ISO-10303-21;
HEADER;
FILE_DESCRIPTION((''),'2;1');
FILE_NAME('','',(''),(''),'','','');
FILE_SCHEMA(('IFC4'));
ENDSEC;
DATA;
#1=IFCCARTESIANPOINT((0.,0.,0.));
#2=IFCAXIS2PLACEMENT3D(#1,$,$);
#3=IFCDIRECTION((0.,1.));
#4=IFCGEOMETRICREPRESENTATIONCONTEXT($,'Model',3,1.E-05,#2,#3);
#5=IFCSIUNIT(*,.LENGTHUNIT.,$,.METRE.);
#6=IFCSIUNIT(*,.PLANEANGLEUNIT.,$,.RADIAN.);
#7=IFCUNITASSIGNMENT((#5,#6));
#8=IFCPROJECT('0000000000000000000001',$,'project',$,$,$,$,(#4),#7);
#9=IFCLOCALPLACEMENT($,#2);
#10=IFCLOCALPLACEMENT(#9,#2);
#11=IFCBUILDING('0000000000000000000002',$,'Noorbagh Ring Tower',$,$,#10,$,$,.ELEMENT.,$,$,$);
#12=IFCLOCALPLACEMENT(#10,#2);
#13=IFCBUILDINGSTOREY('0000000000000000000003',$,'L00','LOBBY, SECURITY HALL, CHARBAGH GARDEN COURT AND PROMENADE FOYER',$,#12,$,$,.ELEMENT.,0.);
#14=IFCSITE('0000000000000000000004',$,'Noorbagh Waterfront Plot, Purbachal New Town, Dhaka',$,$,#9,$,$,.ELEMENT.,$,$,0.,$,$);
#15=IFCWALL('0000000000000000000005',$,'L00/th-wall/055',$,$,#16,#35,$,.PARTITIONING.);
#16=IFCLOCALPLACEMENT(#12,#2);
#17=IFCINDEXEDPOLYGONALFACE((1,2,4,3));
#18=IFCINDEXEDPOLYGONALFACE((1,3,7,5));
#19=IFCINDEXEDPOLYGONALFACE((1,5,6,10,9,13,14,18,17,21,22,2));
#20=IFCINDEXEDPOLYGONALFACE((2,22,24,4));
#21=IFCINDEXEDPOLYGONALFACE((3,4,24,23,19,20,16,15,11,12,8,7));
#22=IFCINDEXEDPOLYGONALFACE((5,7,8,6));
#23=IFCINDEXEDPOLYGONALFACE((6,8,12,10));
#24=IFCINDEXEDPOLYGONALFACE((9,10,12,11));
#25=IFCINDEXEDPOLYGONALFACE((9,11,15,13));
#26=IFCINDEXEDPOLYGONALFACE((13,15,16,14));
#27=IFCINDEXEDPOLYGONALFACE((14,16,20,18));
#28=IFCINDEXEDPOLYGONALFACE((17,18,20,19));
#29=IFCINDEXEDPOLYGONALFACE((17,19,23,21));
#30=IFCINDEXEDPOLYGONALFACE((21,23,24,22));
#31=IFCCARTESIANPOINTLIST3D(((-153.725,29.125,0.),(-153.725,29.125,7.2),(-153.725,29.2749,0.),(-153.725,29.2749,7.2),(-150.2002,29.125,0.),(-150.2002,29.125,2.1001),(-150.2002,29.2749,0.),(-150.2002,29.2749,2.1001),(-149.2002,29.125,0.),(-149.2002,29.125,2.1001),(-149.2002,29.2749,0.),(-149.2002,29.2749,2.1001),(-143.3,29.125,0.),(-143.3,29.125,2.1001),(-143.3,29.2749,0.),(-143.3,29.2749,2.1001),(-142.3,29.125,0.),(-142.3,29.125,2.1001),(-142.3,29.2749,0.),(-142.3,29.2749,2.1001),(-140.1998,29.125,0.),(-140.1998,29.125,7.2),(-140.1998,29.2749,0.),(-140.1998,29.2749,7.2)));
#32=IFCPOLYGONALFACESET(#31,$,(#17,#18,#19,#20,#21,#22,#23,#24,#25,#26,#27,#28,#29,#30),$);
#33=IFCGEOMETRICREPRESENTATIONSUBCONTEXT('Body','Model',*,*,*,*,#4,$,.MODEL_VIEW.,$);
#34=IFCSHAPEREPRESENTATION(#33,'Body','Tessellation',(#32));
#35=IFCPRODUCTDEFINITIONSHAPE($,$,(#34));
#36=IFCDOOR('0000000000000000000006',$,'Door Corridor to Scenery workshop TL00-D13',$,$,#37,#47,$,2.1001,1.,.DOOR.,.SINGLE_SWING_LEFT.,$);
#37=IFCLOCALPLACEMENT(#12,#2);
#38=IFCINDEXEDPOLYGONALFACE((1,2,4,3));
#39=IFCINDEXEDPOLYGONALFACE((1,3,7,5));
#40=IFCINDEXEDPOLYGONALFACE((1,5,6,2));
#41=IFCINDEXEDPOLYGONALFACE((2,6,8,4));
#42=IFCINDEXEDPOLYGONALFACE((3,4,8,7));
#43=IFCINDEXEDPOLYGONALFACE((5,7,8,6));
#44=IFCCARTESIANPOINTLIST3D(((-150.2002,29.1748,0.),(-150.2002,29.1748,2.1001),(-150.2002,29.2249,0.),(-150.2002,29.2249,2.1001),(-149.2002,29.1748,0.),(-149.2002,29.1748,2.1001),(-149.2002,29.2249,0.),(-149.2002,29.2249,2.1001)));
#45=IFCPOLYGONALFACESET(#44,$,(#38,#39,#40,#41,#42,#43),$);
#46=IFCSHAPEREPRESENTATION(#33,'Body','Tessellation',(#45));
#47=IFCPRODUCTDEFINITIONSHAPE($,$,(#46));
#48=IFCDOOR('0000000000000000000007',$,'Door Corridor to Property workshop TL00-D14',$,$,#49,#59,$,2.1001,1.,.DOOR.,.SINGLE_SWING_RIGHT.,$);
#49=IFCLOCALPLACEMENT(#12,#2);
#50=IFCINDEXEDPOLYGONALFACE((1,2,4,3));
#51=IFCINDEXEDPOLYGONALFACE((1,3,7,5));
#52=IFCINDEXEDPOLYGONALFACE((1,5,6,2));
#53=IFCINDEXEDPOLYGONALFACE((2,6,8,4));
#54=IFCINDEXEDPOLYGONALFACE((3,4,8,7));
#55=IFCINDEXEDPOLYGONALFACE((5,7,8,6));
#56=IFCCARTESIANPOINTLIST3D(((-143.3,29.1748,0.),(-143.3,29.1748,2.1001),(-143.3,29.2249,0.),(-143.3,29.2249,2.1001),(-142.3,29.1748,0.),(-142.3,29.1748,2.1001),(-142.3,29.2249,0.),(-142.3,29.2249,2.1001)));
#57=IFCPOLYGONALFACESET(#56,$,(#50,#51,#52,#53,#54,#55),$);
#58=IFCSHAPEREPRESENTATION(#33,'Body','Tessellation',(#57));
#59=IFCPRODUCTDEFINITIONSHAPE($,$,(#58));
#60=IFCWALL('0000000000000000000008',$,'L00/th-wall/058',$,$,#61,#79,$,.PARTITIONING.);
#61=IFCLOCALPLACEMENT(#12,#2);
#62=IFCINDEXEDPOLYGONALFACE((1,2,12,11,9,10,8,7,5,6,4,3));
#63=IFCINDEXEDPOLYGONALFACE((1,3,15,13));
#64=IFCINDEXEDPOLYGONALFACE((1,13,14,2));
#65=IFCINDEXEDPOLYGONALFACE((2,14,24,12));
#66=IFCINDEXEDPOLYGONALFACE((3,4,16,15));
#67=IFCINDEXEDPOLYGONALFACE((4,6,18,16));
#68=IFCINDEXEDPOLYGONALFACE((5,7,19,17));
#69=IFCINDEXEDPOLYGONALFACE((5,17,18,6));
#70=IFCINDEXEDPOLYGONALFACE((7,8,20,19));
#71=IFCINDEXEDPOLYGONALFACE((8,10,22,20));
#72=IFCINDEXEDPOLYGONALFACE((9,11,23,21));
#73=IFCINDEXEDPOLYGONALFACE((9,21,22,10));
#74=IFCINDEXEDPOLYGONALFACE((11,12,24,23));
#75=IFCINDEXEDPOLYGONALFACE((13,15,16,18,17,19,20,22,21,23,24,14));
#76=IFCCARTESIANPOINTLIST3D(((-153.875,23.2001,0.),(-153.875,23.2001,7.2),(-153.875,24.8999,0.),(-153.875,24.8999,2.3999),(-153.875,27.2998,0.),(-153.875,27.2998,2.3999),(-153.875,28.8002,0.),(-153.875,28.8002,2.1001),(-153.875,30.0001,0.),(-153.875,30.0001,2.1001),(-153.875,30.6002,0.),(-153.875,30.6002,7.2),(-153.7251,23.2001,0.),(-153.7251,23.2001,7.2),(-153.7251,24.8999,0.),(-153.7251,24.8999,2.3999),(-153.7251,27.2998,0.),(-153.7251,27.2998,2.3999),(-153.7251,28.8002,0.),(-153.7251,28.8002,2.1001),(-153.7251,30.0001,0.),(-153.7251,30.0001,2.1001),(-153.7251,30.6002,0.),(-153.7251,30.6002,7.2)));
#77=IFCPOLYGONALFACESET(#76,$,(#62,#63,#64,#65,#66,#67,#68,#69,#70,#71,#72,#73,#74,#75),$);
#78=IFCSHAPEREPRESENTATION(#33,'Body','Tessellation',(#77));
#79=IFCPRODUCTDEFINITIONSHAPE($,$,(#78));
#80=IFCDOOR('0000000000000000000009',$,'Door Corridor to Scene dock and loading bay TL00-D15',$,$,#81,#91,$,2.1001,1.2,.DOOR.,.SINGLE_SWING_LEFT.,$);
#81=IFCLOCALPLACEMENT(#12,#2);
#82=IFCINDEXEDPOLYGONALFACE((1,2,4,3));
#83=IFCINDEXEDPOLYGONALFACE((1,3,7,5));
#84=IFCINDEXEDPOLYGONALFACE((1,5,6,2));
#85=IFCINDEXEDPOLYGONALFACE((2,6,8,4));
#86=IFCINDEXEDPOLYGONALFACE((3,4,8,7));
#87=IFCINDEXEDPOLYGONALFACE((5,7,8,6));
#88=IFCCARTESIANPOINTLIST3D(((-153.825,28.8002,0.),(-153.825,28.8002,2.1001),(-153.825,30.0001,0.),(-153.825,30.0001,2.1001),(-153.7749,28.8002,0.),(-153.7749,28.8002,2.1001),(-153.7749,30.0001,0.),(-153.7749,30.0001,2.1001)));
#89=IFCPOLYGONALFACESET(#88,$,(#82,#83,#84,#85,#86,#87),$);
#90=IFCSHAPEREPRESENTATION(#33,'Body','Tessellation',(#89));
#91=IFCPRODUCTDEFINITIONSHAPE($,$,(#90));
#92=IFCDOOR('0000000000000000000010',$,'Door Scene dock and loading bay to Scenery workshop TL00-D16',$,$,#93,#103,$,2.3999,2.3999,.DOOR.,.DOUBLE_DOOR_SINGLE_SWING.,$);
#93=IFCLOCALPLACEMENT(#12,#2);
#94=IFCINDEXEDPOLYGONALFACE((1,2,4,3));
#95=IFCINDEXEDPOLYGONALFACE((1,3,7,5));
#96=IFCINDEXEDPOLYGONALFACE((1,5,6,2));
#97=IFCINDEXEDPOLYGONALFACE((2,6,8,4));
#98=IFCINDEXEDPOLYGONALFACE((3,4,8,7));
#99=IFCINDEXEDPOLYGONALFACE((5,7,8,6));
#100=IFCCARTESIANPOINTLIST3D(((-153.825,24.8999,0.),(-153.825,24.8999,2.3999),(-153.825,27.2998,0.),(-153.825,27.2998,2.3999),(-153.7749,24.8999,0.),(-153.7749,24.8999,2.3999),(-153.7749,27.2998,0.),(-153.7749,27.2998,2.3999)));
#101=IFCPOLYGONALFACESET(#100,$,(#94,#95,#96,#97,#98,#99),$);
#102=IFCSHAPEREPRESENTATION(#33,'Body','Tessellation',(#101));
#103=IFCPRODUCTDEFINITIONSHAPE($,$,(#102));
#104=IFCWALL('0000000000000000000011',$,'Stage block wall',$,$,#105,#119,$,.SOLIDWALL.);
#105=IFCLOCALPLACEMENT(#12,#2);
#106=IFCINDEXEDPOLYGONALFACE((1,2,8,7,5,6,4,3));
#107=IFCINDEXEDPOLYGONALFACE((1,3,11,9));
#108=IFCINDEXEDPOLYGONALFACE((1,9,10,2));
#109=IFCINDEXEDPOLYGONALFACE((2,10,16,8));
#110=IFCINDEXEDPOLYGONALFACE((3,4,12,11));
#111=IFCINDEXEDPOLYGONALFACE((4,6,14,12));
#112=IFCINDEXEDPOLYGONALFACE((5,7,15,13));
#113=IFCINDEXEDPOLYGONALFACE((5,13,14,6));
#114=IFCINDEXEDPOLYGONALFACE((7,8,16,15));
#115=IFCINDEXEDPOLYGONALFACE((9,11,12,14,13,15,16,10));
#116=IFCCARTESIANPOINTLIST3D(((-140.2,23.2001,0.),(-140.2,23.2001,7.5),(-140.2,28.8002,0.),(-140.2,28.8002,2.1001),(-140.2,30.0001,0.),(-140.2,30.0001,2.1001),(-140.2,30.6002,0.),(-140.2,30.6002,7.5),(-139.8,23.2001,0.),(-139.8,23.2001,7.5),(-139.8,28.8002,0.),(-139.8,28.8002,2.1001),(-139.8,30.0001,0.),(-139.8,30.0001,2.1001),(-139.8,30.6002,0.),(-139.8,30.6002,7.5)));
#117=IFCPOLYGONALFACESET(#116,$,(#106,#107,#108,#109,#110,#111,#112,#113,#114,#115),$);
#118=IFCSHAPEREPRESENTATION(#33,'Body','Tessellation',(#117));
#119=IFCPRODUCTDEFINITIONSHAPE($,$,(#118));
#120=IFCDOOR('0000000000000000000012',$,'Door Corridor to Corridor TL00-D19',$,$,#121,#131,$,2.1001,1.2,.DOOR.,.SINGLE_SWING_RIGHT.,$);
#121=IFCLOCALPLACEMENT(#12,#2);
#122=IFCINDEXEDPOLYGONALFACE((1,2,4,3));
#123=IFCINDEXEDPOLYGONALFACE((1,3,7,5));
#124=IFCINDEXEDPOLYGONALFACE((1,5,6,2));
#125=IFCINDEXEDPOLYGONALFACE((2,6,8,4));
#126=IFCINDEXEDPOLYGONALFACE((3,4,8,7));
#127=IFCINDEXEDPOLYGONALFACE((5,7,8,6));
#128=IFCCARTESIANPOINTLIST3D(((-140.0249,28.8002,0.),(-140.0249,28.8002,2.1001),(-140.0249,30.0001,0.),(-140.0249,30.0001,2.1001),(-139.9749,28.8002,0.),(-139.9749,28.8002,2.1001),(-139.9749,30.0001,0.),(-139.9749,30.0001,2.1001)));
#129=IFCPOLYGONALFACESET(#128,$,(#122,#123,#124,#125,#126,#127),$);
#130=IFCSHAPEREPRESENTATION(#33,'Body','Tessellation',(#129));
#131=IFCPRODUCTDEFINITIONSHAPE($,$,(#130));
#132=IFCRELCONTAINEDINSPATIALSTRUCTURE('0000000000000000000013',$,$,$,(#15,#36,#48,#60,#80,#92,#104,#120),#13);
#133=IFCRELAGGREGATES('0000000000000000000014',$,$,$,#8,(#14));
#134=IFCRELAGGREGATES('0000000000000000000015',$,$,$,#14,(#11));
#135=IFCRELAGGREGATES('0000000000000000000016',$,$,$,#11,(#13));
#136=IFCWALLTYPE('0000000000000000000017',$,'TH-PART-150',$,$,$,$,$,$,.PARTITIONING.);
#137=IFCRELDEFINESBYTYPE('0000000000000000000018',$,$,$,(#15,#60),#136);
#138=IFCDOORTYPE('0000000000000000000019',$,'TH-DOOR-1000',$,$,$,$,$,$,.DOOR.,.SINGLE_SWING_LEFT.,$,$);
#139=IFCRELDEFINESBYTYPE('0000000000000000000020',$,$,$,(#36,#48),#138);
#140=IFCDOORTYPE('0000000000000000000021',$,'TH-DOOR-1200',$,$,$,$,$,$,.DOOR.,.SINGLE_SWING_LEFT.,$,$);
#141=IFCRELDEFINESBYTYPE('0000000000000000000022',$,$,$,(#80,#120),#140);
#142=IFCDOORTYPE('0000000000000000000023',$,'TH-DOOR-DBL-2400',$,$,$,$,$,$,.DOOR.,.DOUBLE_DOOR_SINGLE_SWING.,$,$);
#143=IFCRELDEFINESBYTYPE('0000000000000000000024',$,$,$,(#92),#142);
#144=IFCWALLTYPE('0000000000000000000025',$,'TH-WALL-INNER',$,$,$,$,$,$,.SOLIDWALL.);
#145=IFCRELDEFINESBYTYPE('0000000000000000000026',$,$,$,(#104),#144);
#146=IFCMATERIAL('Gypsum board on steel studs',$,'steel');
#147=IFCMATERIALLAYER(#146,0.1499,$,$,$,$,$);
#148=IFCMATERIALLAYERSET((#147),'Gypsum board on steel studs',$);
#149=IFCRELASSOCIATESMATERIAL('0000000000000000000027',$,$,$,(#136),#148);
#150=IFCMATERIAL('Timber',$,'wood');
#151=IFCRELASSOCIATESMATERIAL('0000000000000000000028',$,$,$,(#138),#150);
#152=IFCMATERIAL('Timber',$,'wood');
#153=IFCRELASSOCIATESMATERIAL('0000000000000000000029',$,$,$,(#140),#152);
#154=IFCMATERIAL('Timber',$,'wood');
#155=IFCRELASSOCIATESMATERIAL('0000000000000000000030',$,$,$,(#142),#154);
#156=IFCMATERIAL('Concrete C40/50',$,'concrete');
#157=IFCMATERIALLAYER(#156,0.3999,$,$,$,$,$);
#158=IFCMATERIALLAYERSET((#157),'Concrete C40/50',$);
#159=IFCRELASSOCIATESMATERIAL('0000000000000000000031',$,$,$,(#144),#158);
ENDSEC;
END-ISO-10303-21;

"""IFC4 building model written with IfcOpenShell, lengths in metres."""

from ifc_helpers import new_model, si_unit, direction, frame, frame_2d, origin, place, context, subcontext, project, spatial, rectangle, extrude, material, layer, layer_set, type_object, element, fill, save


model = new_model("IFC4")

# Units and contexts
model_context = context("Model", 3, precision=1e-05, world=origin(), true_north=direction((0.0, 1.0)))
body_context = subcontext(model_context, "Body", "Model", "MODEL_VIEW")
ifc_project = project(units=[si_unit("LENGTHUNIT", "METRE"), si_unit("PLANEANGLEUNIT", "RADIAN")], contexts=[model_context])

# Site, building, storey
site_placement = place(None, origin())
site = spatial("IfcSite", under=ifc_project, at=site_placement, Name="Noorbagh Waterfront Plot, Purbachal New Town, Dhaka", CompositionType="ELEMENT", RefElevation=0.0)
building_placement = place(site_placement, origin())
building = spatial("IfcBuilding", under=site, at=building_placement, Name="Noorbagh Ring Tower", CompositionType="ELEMENT")
storey_placement = place(building_placement, origin())
storey = spatial("IfcBuildingStorey", under=building, at=storey_placement, Name="L00", Description="LOBBY, SECURITY HALL, CHARBAGH GARDEN COURT AND PROMENADE FOYER", CompositionType="ELEMENT", Elevation=0.0)

# Walls, openings, doors
ifc_material_1 = material(Name="Gypsum board on steel studs", Category="steel")
ifc_layer_1 = layer(ifc_material_1, 0.1499)
ifc_layer_set_1 = layer_set([ifc_layer_1], Name="Gypsum board on steel studs")
wall_type_1 = type_object("IfcWallType", Name="TH-PART-150", PredefinedType="PARTITIONING", material=ifc_layer_set_1)
wall_1_placement = place(storey_placement, frame((-153.7251, 29.2, 0.0), z_axis=(0.0, 0.0, 1.0), x_axis=(1.0, 0.0, 0.0)))
wall_1 = element("IfcWall", 1, at=wall_1_placement, inside=storey, type_object=wall_type_1, Name="L00/th-wall/055", PredefinedType="PARTITIONING", context=body_context, shape_type="SweptSolid", body=[
    extrude(rectangle(XDim=13.5251, YDim=0.1499, at=frame_2d((6.7627, 0.0))), origin(), (0.0, 0.0, 1.0), 7.2),
])
opening_1_placement = place(wall_1_placement, frame((3.5249, 0.0, 0.0)))
opening_1 = element("IfcOpeningElement", 2, at=opening_1_placement, cuts=wall_1, PredefinedType="OPENING", context=body_context, shape_type="SweptSolid", body=[
    extrude(rectangle(XDim=1.0, YDim=2.1001, at=frame_2d((0.5, 1.05))), frame((0.0, 0.085, 0.0), z_axis=(0.0, -1.0, 0.0), x_axis=(1.0, 0.0, 0.0)), (0.0, 0.0, 1.0), 0.1699),
])
opening_2_placement = place(wall_1_placement, frame((10.425, 0.0, 0.0)))
opening_2 = element("IfcOpeningElement", 3, at=opening_2_placement, cuts=wall_1, PredefinedType="OPENING", context=body_context, shape_type="SweptSolid", body=[
    extrude(rectangle(XDim=1.0, YDim=2.1001, at=frame_2d((0.5, 1.05))), frame((0.0, 0.085, 0.0), z_axis=(0.0, -1.0, 0.0), x_axis=(1.0, 0.0, 0.0)), (0.0, 0.0, 1.0), 0.1699),
])
ifc_material_2 = material(Name="Timber", Category="wood")
door_type_1 = type_object("IfcDoorType", Name="TH-DOOR-1000", OperationType="SINGLE_SWING_LEFT", PredefinedType="DOOR", material=ifc_material_2)
door_1_placement = place(opening_1_placement, origin())
door_1 = element("IfcDoor", 4, at=door_1_placement, inside=storey, type_object=door_type_1, Name="Door Corridor to Scenery workshop TL00-D13", OperationType="SINGLE_SWING_LEFT", OverallHeight=2.1001, OverallWidth=1.0, PredefinedType="DOOR", context=body_context, shape_type="SweptSolid", body=[
    extrude(rectangle(XDim=1.0, YDim=2.1001, at=frame_2d((0.5, 1.05))), frame((0.0, 0.0249, 0.0), z_axis=(0.0, -1.0, 0.0), x_axis=(1.0, 0.0, 0.0)), (0.0, 0.0, 1.0), 0.05),
])
fill(opening_1, door_1)
door_2_placement = place(opening_2_placement, origin())
door_2 = element("IfcDoor", 5, at=door_2_placement, inside=storey, type_object=door_type_1, Name="Door Corridor to Property workshop TL00-D14", OperationType="SINGLE_SWING_RIGHT", OverallHeight=2.1001, OverallWidth=1.0, PredefinedType="DOOR", context=body_context, shape_type="SweptSolid", body=[
    extrude(rectangle(XDim=1.0, YDim=2.1001, at=frame_2d((0.5, 1.05))), frame((0.0, 0.0249, 0.0), z_axis=(0.0, -1.0, 0.0), x_axis=(1.0, 0.0, 0.0)), (0.0, 0.0, 1.0), 0.05),
])
fill(opening_2, door_2)
wall_2_placement = place(storey_placement, frame((-153.8, 23.2, 0.0), z_axis=(0.0, 0.0, 1.0), x_axis=(0.0, 1.0, 0.0)))
wall_2 = element("IfcWall", 6, at=wall_2_placement, inside=storey, type_object=wall_type_1, Name="L00/th-wall/058", PredefinedType="PARTITIONING", context=body_context, shape_type="SweptSolid", body=[
    extrude(rectangle(XDim=7.4001, YDim=0.1499, at=frame_2d((3.7002, 0.0))), origin(), (0.0, 0.0, 1.0), 7.2),
])
opening_3_placement = place(wall_2_placement, frame((5.6001, 0.0, 0.0)))
opening_3 = element("IfcOpeningElement", 7, at=opening_3_placement, cuts=wall_2, PredefinedType="OPENING", context=body_context, shape_type="SweptSolid", body=[
    extrude(rectangle(XDim=1.2, YDim=2.1001, at=frame_2d((0.6001, 1.05))), frame((0.0, 0.085, 0.0), z_axis=(0.0, -1.0, 0.0), x_axis=(1.0, 0.0, 0.0)), (0.0, 0.0, 1.0), 0.1699),
])
opening_4_placement = place(wall_2_placement, frame((1.7, 0.0, 0.0)))
opening_4 = element("IfcOpeningElement", 8, at=opening_4_placement, cuts=wall_2, PredefinedType="OPENING", context=body_context, shape_type="SweptSolid", body=[
    extrude(rectangle(XDim=2.3999, YDim=2.3999, at=frame_2d((1.2, 1.2))), frame((0.0, 0.085, 0.0), z_axis=(0.0, -1.0, 0.0), x_axis=(1.0, 0.0, 0.0)), (0.0, 0.0, 1.0), 0.1699),
])
ifc_material_3 = material(Name="Timber", Category="wood")
door_type_2 = type_object("IfcDoorType", Name="TH-DOOR-1200", OperationType="SINGLE_SWING_LEFT", PredefinedType="DOOR", material=ifc_material_3)
door_3_placement = place(opening_3_placement, origin())
door_3 = element("IfcDoor", 9, at=door_3_placement, inside=storey, type_object=door_type_2, Name="Door Corridor to Scene dock and loading bay TL00-D15", OperationType="SINGLE_SWING_LEFT", OverallHeight=2.1001, OverallWidth=1.2, PredefinedType="DOOR", context=body_context, shape_type="SweptSolid", body=[
    extrude(rectangle(XDim=1.2, YDim=2.1001, at=frame_2d((0.6001, 1.05))), frame((0.0, 0.0249, 0.0), z_axis=(0.0, -1.0, 0.0), x_axis=(1.0, 0.0, 0.0)), (0.0, 0.0, 1.0), 0.05),
])
fill(opening_3, door_3)
ifc_material_4 = material(Name="Timber", Category="wood")
door_type_3 = type_object("IfcDoorType", Name="TH-DOOR-DBL-2400", OperationType="DOUBLE_DOOR_SINGLE_SWING", PredefinedType="DOOR", material=ifc_material_4)
door_4_placement = place(opening_4_placement, origin())
door_4 = element("IfcDoor", 10, at=door_4_placement, inside=storey, type_object=door_type_3, Name="Door Scene dock and loading bay to Scenery workshop TL00-D16", OperationType="DOUBLE_DOOR_SINGLE_SWING", OverallHeight=2.3999, OverallWidth=2.3999, PredefinedType="DOOR", context=body_context, shape_type="SweptSolid", body=[
    extrude(rectangle(XDim=2.3999, YDim=2.3999, at=frame_2d((1.2, 1.2))), frame((0.0, 0.0249, 0.0), z_axis=(0.0, -1.0, 0.0), x_axis=(1.0, 0.0, 0.0)), (0.0, 0.0, 1.0), 0.05),
])
fill(opening_4, door_4)

# Wall, opening, door
ifc_material_5 = material(Name="Concrete C40/50", Category="concrete")
ifc_layer_2 = layer(ifc_material_5, 0.3999)
ifc_layer_set_2 = layer_set([ifc_layer_2], Name="Concrete C40/50")
wall_type_2 = type_object("IfcWallType", Name="TH-WALL-INNER", PredefinedType="SOLIDWALL", material=ifc_layer_set_2)
wall_3_placement = place(storey_placement, frame((-140.0, 23.2, 0.0), z_axis=(0.0, 0.0, 1.0), x_axis=(0.0, 1.0, 0.0)))
wall_3 = element("IfcWall", 11, at=wall_3_placement, inside=storey, type_object=wall_type_2, Name="Stage block wall", PredefinedType="SOLIDWALL", context=body_context, shape_type="SweptSolid", body=[
    extrude(rectangle(XDim=7.4001, YDim=0.3999, at=frame_2d((3.7002, 0.0))), origin(), (0.0, 0.0, 1.0), 7.5),
])
opening_5_placement = place(wall_3_placement, frame((5.6001, 0.0, 0.0)))
opening_5 = element("IfcOpeningElement", 12, at=opening_5_placement, cuts=wall_3, PredefinedType="OPENING", context=body_context, shape_type="SweptSolid", body=[
    extrude(rectangle(XDim=1.2, YDim=2.1001, at=frame_2d((0.6001, 1.05))), frame((0.0, 0.21, 0.0), z_axis=(0.0, -1.0, 0.0), x_axis=(1.0, 0.0, 0.0)), (0.0, 0.0, 1.0), 0.4199),
])
door_5_placement = place(opening_5_placement, origin())
door_5 = element("IfcDoor", 13, at=door_5_placement, inside=storey, type_object=door_type_2, Name="Door Corridor to Corridor TL00-D19", OperationType="SINGLE_SWING_RIGHT", OverallHeight=2.1001, OverallWidth=1.2, PredefinedType="DOOR", context=body_context, shape_type="SweptSolid", body=[
    extrude(rectangle(XDim=1.2, YDim=2.1001, at=frame_2d((0.6001, 1.05))), frame((0.0, 0.0249, 0.0), z_axis=(0.0, -1.0, 0.0), x_axis=(1.0, 0.0, 0.0)), (0.0, 0.0, 1.0), 0.05),
])
fill(opening_5, door_5)

save(model, "model.ifc")
